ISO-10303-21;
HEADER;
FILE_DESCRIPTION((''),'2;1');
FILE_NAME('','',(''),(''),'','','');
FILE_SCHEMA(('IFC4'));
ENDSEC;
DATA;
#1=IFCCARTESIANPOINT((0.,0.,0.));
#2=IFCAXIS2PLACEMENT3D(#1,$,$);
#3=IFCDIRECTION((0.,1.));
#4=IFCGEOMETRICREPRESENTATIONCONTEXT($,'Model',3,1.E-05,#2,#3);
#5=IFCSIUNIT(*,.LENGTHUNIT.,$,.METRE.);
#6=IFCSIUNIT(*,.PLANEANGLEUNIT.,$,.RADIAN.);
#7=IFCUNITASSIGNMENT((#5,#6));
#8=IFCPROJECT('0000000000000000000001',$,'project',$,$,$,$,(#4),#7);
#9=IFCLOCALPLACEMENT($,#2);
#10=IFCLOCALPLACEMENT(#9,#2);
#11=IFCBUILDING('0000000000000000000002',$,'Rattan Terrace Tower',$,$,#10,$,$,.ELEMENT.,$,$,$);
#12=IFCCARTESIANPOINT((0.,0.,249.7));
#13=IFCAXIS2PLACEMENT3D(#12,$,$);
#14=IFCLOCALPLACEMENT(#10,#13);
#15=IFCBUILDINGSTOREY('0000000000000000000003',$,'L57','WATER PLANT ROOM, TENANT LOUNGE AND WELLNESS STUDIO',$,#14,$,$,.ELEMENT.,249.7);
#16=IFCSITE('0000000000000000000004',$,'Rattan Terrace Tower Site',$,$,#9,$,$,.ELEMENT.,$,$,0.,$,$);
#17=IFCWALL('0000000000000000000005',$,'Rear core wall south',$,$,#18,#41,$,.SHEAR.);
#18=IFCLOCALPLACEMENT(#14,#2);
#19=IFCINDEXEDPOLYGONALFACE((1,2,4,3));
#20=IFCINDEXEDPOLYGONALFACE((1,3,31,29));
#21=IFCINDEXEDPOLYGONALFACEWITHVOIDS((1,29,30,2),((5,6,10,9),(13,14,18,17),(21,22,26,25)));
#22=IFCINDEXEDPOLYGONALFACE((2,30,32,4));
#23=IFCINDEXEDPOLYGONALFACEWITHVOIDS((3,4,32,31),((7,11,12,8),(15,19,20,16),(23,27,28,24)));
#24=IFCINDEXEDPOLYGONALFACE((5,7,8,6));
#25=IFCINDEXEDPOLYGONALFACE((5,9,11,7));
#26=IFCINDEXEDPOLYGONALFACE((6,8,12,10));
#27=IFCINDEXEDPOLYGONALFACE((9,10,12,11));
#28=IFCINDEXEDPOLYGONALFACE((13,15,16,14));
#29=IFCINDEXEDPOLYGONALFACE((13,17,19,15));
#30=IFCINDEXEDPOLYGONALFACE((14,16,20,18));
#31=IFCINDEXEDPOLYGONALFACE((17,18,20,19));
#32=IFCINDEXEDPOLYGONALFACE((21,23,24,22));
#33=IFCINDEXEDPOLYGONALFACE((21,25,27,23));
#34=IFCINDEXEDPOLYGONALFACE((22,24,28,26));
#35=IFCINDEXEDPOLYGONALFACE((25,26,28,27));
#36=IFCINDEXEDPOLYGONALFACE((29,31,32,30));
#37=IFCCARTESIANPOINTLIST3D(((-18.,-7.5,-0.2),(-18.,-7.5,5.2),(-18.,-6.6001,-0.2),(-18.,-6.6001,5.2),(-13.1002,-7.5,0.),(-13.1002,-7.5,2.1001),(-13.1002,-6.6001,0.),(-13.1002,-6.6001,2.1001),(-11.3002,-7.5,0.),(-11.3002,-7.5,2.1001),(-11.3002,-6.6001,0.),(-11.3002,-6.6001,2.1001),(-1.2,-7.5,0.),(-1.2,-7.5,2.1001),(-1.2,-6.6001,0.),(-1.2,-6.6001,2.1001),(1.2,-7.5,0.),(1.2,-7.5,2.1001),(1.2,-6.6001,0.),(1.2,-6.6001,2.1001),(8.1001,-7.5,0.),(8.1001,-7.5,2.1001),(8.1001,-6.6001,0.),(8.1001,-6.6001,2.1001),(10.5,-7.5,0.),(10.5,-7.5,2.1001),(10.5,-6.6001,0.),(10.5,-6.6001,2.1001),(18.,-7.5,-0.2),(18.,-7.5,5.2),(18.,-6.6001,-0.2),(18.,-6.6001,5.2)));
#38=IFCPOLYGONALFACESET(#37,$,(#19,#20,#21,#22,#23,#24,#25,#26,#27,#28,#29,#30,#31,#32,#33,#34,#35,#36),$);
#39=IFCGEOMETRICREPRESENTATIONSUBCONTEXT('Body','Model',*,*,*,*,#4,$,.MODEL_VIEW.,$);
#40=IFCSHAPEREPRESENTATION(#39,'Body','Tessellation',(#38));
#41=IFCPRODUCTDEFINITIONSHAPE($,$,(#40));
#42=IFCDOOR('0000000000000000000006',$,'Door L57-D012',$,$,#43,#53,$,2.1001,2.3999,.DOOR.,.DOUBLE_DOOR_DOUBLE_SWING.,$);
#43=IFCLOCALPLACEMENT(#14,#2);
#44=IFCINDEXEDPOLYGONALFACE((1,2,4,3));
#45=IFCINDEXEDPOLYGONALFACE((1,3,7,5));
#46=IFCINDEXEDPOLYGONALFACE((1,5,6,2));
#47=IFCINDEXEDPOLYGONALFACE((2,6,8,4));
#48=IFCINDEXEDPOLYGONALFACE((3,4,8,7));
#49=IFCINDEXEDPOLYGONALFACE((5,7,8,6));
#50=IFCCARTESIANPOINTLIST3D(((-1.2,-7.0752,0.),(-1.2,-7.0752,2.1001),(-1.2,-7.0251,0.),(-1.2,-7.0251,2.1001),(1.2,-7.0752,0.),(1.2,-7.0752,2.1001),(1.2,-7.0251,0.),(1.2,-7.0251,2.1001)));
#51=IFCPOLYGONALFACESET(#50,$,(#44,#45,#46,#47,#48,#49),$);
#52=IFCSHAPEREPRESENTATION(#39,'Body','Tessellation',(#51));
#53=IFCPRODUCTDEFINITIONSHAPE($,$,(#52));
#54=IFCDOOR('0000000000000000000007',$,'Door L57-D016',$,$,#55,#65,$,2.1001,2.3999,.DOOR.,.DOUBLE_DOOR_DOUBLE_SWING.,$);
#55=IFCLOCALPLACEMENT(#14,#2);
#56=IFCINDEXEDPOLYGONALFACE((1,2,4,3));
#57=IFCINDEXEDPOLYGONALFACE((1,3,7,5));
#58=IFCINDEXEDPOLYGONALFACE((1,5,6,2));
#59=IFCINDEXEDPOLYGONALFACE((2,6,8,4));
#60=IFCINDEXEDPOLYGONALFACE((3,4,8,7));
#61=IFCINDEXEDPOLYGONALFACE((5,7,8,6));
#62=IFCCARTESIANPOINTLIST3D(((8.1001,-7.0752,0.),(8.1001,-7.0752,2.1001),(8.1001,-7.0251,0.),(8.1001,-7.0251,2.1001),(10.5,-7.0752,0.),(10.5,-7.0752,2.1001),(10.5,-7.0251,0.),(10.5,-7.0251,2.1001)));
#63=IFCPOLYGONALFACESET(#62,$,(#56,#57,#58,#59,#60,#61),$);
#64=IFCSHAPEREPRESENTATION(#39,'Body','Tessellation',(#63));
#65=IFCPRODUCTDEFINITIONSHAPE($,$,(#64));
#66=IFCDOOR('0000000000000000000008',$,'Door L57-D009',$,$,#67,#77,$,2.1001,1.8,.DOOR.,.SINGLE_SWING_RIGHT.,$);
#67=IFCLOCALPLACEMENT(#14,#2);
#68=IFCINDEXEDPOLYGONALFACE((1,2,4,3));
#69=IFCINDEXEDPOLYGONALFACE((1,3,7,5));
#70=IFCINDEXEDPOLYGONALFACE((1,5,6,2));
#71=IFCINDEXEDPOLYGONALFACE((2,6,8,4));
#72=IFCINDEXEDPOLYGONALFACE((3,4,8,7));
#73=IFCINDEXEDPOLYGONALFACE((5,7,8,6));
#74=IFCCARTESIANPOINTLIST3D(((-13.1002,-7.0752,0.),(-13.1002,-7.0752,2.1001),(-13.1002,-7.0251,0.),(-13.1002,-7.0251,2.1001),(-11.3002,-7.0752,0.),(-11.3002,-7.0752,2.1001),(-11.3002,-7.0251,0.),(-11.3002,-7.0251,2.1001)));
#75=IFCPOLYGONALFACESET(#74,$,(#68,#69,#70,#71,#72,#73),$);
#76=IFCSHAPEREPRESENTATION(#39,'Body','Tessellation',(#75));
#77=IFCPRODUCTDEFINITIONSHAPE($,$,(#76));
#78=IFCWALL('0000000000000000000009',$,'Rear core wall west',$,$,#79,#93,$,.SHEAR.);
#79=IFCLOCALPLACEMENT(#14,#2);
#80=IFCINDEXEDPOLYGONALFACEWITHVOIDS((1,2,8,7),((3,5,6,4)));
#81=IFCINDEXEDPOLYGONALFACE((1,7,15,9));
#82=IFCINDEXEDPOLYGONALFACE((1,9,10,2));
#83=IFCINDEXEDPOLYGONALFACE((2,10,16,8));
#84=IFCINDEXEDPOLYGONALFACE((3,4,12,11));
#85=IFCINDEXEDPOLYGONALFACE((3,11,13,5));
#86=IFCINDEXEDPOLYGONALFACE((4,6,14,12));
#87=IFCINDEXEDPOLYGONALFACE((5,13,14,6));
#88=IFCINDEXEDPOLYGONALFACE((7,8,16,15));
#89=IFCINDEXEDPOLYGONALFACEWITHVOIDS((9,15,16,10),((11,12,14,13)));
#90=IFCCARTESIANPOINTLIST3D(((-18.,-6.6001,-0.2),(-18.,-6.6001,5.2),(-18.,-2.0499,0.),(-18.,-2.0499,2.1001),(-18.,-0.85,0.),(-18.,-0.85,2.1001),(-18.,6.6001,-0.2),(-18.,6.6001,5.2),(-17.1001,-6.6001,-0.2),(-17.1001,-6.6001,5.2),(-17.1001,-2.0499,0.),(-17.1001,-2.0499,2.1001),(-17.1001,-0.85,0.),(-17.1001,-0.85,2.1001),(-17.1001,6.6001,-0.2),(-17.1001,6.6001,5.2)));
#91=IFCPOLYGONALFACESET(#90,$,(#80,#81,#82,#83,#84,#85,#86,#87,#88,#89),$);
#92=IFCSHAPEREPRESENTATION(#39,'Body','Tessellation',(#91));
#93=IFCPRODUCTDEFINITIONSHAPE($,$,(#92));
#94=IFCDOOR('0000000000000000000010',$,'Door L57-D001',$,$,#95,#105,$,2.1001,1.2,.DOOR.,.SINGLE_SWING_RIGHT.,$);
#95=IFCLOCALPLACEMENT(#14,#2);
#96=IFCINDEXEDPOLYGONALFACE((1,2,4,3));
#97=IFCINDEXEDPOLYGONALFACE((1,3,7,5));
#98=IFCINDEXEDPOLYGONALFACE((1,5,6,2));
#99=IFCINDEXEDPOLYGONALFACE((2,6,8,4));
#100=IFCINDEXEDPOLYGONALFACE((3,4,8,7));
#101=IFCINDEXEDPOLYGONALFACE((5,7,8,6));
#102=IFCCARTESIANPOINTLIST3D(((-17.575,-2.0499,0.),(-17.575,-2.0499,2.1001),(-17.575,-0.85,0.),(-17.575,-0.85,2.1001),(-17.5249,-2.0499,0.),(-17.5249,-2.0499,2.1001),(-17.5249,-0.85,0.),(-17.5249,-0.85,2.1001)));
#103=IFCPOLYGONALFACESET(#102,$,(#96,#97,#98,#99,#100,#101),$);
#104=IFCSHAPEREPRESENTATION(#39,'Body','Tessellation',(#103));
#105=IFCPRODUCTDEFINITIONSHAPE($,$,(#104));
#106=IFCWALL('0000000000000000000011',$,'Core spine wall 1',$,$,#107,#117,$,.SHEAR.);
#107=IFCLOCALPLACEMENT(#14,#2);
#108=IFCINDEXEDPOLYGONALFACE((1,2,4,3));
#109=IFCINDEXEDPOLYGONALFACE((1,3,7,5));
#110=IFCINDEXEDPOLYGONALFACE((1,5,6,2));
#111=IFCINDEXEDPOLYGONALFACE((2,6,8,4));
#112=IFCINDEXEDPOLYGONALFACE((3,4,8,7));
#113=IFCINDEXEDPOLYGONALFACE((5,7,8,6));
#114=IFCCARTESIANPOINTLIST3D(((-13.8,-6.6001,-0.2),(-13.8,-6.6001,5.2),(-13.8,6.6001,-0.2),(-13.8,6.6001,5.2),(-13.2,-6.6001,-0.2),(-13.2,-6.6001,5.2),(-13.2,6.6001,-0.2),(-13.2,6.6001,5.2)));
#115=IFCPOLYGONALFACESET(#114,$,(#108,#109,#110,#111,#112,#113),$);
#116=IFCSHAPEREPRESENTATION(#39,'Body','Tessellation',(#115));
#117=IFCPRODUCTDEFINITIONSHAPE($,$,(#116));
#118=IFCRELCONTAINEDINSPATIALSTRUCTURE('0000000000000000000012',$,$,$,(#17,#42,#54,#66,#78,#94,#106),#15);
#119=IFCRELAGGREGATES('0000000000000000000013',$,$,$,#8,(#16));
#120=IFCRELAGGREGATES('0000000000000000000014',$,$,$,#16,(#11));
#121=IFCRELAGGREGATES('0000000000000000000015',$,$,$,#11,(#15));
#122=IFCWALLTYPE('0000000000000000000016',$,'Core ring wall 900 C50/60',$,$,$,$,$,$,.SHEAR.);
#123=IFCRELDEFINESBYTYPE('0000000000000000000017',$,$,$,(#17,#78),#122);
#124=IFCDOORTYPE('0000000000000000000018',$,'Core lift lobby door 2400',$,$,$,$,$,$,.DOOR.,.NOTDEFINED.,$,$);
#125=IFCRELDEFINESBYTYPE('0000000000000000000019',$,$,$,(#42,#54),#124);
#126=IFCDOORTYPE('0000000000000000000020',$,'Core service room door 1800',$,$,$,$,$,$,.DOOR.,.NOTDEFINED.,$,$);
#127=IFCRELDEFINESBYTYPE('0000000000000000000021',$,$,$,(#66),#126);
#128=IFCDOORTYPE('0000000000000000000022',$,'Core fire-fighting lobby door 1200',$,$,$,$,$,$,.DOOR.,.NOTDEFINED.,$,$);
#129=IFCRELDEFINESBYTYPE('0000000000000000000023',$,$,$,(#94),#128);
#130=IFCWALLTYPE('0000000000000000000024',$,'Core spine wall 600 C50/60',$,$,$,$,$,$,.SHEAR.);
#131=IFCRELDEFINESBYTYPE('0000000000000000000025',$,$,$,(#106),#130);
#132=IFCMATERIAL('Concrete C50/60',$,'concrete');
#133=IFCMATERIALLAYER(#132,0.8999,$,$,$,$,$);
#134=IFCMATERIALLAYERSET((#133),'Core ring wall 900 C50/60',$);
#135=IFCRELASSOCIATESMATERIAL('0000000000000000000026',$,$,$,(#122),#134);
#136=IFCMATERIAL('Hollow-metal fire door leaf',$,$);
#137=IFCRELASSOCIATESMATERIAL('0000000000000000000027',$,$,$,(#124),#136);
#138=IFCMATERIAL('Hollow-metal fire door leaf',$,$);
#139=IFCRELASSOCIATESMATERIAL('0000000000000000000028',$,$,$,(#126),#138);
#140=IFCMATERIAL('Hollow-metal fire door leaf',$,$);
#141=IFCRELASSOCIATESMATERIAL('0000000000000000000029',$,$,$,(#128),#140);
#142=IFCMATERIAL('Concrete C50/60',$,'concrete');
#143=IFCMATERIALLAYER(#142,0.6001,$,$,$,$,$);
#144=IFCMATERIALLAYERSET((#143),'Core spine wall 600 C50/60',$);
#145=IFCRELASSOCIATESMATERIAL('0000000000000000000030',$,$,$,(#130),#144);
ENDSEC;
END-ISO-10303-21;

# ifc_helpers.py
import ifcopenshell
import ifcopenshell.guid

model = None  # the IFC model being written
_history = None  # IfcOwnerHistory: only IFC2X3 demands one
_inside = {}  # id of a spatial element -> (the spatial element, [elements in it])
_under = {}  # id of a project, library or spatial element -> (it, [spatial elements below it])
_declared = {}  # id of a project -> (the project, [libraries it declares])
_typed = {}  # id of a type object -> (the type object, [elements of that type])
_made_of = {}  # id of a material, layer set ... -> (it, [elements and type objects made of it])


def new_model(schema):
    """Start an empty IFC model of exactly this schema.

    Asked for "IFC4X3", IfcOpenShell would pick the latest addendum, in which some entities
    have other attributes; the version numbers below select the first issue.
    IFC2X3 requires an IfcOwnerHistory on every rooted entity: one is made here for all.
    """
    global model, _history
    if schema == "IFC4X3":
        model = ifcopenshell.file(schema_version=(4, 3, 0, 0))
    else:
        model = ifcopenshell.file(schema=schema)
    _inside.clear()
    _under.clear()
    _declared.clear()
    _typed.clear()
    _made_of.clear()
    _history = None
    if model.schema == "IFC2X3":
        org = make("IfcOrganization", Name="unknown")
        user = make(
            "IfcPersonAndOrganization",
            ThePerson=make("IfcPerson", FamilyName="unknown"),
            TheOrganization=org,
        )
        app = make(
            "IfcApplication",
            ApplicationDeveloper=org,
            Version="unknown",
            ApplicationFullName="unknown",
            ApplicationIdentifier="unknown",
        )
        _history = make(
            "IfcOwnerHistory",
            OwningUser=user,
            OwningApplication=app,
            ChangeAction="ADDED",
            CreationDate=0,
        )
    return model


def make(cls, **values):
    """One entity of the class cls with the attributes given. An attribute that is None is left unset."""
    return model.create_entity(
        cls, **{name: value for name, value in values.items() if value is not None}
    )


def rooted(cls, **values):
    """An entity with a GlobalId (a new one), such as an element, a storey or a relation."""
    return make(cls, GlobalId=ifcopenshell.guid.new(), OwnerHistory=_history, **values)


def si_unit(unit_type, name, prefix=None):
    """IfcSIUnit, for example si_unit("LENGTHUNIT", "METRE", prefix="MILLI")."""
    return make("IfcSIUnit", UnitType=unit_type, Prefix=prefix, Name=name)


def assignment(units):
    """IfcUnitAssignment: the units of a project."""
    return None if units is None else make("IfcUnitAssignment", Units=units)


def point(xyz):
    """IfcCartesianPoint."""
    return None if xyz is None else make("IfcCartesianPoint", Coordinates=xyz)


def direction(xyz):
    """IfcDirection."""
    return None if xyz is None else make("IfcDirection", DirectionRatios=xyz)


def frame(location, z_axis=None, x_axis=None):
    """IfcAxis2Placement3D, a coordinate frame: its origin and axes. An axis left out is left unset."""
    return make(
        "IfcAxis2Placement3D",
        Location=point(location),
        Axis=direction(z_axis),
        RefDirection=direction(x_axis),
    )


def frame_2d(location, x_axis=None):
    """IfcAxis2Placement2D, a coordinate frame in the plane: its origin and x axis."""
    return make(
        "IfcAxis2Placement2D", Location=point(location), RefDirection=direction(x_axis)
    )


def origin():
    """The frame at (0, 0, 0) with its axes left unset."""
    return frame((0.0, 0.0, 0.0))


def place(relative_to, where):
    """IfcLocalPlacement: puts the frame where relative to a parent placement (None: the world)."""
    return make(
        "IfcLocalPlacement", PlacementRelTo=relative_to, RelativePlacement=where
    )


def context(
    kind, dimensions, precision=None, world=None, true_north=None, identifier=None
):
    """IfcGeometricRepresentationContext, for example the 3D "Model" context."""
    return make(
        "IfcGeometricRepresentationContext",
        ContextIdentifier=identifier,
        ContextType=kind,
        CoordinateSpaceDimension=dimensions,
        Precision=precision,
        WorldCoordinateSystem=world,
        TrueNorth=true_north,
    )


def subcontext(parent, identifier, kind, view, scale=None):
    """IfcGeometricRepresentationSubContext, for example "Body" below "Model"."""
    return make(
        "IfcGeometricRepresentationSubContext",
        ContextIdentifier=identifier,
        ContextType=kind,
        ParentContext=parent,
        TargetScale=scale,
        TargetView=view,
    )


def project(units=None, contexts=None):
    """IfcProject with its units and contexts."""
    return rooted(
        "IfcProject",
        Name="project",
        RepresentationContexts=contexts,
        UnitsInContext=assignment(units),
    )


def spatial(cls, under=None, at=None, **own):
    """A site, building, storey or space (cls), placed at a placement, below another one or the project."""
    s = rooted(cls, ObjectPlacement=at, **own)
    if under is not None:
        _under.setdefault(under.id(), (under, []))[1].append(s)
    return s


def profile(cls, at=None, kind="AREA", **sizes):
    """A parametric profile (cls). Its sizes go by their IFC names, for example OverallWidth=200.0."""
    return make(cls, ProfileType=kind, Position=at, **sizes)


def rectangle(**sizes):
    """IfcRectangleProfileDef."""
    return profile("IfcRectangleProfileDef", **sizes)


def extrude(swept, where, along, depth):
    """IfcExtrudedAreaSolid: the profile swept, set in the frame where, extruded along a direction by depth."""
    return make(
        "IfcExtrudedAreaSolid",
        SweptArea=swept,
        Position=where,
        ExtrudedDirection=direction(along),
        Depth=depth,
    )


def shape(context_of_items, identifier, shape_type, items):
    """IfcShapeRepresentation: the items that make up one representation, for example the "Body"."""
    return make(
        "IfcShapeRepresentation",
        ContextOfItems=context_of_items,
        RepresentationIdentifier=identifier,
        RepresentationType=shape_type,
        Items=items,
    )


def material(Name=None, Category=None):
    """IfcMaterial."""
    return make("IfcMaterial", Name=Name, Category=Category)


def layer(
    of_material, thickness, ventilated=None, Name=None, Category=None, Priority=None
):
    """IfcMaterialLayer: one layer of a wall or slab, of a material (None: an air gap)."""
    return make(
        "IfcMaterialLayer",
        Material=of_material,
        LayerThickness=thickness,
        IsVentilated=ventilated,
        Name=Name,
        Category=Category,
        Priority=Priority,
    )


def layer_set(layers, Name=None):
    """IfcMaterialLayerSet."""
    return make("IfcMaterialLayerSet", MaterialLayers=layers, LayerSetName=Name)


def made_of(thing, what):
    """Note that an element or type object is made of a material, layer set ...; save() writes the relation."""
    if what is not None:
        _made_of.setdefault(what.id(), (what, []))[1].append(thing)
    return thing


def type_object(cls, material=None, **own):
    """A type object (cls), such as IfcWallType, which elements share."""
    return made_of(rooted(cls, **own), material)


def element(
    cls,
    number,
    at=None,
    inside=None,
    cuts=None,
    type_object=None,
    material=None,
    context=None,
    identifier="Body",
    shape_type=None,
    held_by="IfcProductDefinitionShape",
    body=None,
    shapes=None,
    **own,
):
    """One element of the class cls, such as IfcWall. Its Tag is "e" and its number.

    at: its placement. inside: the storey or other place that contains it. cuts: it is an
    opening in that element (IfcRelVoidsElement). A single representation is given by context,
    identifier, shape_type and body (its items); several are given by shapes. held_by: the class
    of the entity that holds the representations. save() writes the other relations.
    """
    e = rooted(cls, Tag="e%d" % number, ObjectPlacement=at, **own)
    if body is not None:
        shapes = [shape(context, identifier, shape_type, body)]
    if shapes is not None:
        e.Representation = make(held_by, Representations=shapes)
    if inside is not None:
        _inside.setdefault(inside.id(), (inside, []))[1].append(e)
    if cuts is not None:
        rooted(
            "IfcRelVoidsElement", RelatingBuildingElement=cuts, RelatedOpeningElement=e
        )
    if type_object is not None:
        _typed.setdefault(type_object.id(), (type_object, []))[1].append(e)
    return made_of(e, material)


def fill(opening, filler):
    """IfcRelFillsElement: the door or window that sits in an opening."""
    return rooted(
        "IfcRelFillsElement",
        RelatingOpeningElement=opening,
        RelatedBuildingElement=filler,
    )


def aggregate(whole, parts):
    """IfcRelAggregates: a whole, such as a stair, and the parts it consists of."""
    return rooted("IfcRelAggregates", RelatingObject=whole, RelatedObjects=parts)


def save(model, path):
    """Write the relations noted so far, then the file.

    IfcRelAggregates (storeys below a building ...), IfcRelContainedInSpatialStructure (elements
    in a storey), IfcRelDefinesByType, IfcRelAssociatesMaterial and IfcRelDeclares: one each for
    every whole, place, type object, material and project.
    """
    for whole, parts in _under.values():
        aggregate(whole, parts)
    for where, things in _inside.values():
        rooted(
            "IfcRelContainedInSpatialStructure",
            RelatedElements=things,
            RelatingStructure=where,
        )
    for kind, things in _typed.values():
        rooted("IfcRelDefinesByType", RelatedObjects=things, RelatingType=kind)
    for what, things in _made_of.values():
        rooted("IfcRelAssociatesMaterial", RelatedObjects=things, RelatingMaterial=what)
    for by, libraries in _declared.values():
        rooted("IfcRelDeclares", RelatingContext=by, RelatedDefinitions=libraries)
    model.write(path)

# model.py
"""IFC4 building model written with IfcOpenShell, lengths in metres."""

from ifc_helpers import new_model, si_unit, direction, frame, frame_2d, origin, place, context, subcontext, project, spatial, rectangle, extrude, material, layer, layer_set, type_object, element, fill, save


model = new_model("IFC4")

# Units and contexts
model_context = context("Model", 3, precision=1e-05, world=origin(), true_north=direction((0.0, 1.0)))
body_context = subcontext(model_context, "Body", "Model", "MODEL_VIEW")
ifc_project = project(units=[si_unit("LENGTHUNIT", "METRE"), si_unit("PLANEANGLEUNIT", "RADIAN")], contexts=[model_context])

# Site, building, storey
site_placement = place(None, origin())
site = spatial("IfcSite", under=ifc_project, at=site_placement, Name="Rattan Terrace Tower Site", CompositionType="ELEMENT", RefElevation=0.0)
building_placement = place(site_placement, origin())
building = spatial("IfcBuilding", under=site, at=building_placement, Name="Rattan Terrace Tower", CompositionType="ELEMENT")
storey_placement = place(building_placement, frame((0.0, 0.0, 249.7)))
storey = spatial("IfcBuildingStorey", under=building, at=storey_placement, Name="L57", Description="WATER PLANT ROOM, TENANT LOUNGE AND WELLNESS STUDIO", CompositionType="ELEMENT", Elevation=249.7)

# Wall, openings, doors
ifc_material_1 = material(Name="Concrete C50/60", Category="concrete")
ifc_layer_1 = layer(ifc_material_1, 0.8999)
ifc_layer_set_1 = layer_set([ifc_layer_1], Name="Core ring wall 900 C50/60")
wall_type_1 = type_object("IfcWallType", Name="Core ring wall 900 C50/60", PredefinedType="SHEAR", material=ifc_layer_set_1)
wall_1_placement = place(storey_placement, frame((-18.0, -7.05, -0.2), z_axis=(0.0, 0.0, 1.0), x_axis=(1.0, 0.0, 0.0)))
wall_1 = element("IfcWall", 1, at=wall_1_placement, inside=storey, type_object=wall_type_1, Name="Rear core wall south", PredefinedType="SHEAR", context=body_context, shape_type="SweptSolid", body=[
    extrude(rectangle(XDim=36.0, YDim=0.8999, at=frame_2d((18.0, 0.0))), origin(), (0.0, 0.0, 1.0), 5.3999),
])
opening_1_placement = place(wall_1_placement, frame((4.8999, 0.0, 0.2)))
opening_1 = element("IfcOpeningElement", 2, at=opening_1_placement, cuts=wall_1, PredefinedType="OPENING", context=body_context, shape_type="SweptSolid", body=[
    extrude(rectangle(XDim=1.8, YDim=2.1001, at=frame_2d((0.8999, 1.05))), frame((0.0, 0.4604, 0.0), z_axis=(0.0, -1.0, 0.0), x_axis=(1.0, 0.0, 0.0)), (0.0, 0.0, 1.0), 0.9209),
])
opening_2_placement = place(wall_1_placement, frame((16.8, 0.0, 0.2)))
opening_2 = element("IfcOpeningElement", 3, at=opening_2_placement, cuts=wall_1, PredefinedType="OPENING", context=body_context, shape_type="SweptSolid", body=[
    extrude(rectangle(XDim=2.3999, YDim=2.1001, at=frame_2d((1.2, 1.05))), frame((0.0, 0.4604, 0.0), z_axis=(0.0, -1.0, 0.0), x_axis=(1.0, 0.0, 0.0)), (0.0, 0.0, 1.0), 0.9209),
])
opening_3_placement = place(wall_1_placement, frame((26.1001, 0.0, 0.2)))
opening_3 = element("IfcOpeningElement", 4, at=opening_3_placement, cuts=wall_1, PredefinedType="OPENING", context=body_context, shape_type="SweptSolid", body=[
    extrude(rectangle(XDim=2.3999, YDim=2.1001, at=frame_2d((1.2, 1.05))), frame((0.0, 0.4604, 0.0), z_axis=(0.0, -1.0, 0.0), x_axis=(1.0, 0.0, 0.0)), (0.0, 0.0, 1.0), 0.9209),
])
ifc_material_2 = material(Name="Hollow-metal fire door leaf")
door_type_1 = type_object("IfcDoorType", Name="Core lift lobby door 2400", OperationType="NOTDEFINED", PredefinedType="DOOR", material=ifc_material_2)
door_1_placement = place(opening_2_placement, origin())
door_1 = element("IfcDoor", 5, at=door_1_placement, inside=storey, type_object=door_type_1, Name="Door L57-D012", OperationType="DOUBLE_DOOR_DOUBLE_SWING", OverallHeight=2.1001, OverallWidth=2.3999, PredefinedType="DOOR", context=body_context, shape_type="SweptSolid", body=[
    extrude(rectangle(XDim=2.3999, YDim=2.1001, at=frame_2d((1.2, 1.05))), frame((0.0, 0.0249, 0.0), z_axis=(0.0, -1.0, 0.0), x_axis=(1.0, 0.0, 0.0)), (0.0, 0.0, 1.0), 0.05),
])
fill(opening_2, door_1)
door_2_placement = place(opening_3_placement, origin())
door_2 = element("IfcDoor", 6, at=door_2_placement, inside=storey, type_object=door_type_1, Name="Door L57-D016", OperationType="DOUBLE_DOOR_DOUBLE_SWING", OverallHeight=2.1001, OverallWidth=2.3999, PredefinedType="DOOR", context=body_context, shape_type="SweptSolid", body=[
    extrude(rectangle(XDim=2.3999, YDim=2.1001, at=frame_2d((1.2, 1.05))), frame((0.0, 0.0249, 0.0), z_axis=(0.0, -1.0, 0.0), x_axis=(1.0, 0.0, 0.0)), (0.0, 0.0, 1.0), 0.05),
])
fill(opening_3, door_2)
ifc_material_3 = material(Name="Hollow-metal fire door leaf")
door_type_2 = type_object("IfcDoorType", Name="Core service room door 1800", OperationType="NOTDEFINED", PredefinedType="DOOR", material=ifc_material_3)
door_3_placement = place(opening_1_placement, origin())
door_3 = element("IfcDoor", 7, at=door_3_placement, inside=storey, type_object=door_type_2, Name="Door L57-D009", OperationType="SINGLE_SWING_RIGHT", OverallHeight=2.1001, OverallWidth=1.8, PredefinedType="DOOR", context=body_context, shape_type="SweptSolid", body=[
    extrude(rectangle(XDim=1.8, YDim=2.1001, at=frame_2d((0.8999, 1.05))), frame((0.0, 0.0249, 0.0), z_axis=(0.0, -1.0, 0.0), x_axis=(1.0, 0.0, 0.0)), (0.0, 0.0, 1.0), 0.05),
])
fill(opening_1, door_3)

# Wall, opening, door
wall_2_placement = place(storey_placement, frame((-17.55, -6.6001, -0.2), z_axis=(0.0, 0.0, 1.0), x_axis=(0.0, 1.0, 0.0)))
wall_2 = element("IfcWall", 8, at=wall_2_placement, inside=storey, type_object=wall_type_1, Name="Rear core wall west", PredefinedType="SHEAR", context=body_context, shape_type="SweptSolid", body=[
    extrude(rectangle(XDim=13.2002, YDim=0.8999, at=frame_2d((6.6001, 0.0))), origin(), (0.0, 0.0, 1.0), 5.3999),
])
opening_4_placement = place(wall_2_placement, frame((4.55, 0.0, 0.2)))
opening_4 = element("IfcOpeningElement", 9, at=opening_4_placement, cuts=wall_2, PredefinedType="OPENING", context=body_context, shape_type="SweptSolid", body=[
    extrude(rectangle(XDim=1.2, YDim=2.1001, at=frame_2d((0.6001, 1.05))), frame((0.0, 0.4604, 0.0), z_axis=(0.0, -1.0, 0.0), x_axis=(1.0, 0.0, 0.0)), (0.0, 0.0, 1.0), 0.9209),
])
ifc_material_4 = material(Name="Hollow-metal fire door leaf")
door_type_3 = type_object("IfcDoorType", Name="Core fire-fighting lobby door 1200", OperationType="NOTDEFINED", PredefinedType="DOOR", material=ifc_material_4)
door_4_placement = place(opening_4_placement, origin())
door_4 = element("IfcDoor", 10, at=door_4_placement, inside=storey, type_object=door_type_3, Name="Door L57-D001", OperationType="SINGLE_SWING_RIGHT", OverallHeight=2.1001, OverallWidth=1.2, PredefinedType="DOOR", context=body_context, shape_type="SweptSolid", body=[
    extrude(rectangle(XDim=1.2, YDim=2.1001, at=frame_2d((0.6001, 1.05))), frame((0.0, 0.0249, 0.0), z_axis=(0.0, -1.0, 0.0), x_axis=(1.0, 0.0, 0.0)), (0.0, 0.0, 1.0), 0.05),
])
fill(opening_4, door_4)

# Wall
ifc_material_5 = material(Name="Concrete C50/60", Category="concrete")
ifc_layer_2 = layer(ifc_material_5, 0.6001)
ifc_layer_set_2 = layer_set([ifc_layer_2], Name="Core spine wall 600 C50/60")
wall_type_2 = type_object("IfcWallType", Name="Core spine wall 600 C50/60", PredefinedType="SHEAR", material=ifc_layer_set_2)
wall_3_placement = place(storey_placement, frame((-13.5, -6.6001, -0.2), z_axis=(0.0, 0.0, 1.0), x_axis=(0.0, 1.0, 0.0)))
element("IfcWall", 11, at=wall_3_placement, inside=storey, type_object=wall_type_2, Name="Core spine wall 1", PredefinedType="SHEAR", context=body_context, shape_type="SweptSolid", body=[
    extrude(rectangle(XDim=13.2002, YDim=0.6001, at=frame_2d((6.6001, 0.0))), origin(), (0.0, 0.0, 1.0), 5.3999),
])

save(model, "model.ifc")
